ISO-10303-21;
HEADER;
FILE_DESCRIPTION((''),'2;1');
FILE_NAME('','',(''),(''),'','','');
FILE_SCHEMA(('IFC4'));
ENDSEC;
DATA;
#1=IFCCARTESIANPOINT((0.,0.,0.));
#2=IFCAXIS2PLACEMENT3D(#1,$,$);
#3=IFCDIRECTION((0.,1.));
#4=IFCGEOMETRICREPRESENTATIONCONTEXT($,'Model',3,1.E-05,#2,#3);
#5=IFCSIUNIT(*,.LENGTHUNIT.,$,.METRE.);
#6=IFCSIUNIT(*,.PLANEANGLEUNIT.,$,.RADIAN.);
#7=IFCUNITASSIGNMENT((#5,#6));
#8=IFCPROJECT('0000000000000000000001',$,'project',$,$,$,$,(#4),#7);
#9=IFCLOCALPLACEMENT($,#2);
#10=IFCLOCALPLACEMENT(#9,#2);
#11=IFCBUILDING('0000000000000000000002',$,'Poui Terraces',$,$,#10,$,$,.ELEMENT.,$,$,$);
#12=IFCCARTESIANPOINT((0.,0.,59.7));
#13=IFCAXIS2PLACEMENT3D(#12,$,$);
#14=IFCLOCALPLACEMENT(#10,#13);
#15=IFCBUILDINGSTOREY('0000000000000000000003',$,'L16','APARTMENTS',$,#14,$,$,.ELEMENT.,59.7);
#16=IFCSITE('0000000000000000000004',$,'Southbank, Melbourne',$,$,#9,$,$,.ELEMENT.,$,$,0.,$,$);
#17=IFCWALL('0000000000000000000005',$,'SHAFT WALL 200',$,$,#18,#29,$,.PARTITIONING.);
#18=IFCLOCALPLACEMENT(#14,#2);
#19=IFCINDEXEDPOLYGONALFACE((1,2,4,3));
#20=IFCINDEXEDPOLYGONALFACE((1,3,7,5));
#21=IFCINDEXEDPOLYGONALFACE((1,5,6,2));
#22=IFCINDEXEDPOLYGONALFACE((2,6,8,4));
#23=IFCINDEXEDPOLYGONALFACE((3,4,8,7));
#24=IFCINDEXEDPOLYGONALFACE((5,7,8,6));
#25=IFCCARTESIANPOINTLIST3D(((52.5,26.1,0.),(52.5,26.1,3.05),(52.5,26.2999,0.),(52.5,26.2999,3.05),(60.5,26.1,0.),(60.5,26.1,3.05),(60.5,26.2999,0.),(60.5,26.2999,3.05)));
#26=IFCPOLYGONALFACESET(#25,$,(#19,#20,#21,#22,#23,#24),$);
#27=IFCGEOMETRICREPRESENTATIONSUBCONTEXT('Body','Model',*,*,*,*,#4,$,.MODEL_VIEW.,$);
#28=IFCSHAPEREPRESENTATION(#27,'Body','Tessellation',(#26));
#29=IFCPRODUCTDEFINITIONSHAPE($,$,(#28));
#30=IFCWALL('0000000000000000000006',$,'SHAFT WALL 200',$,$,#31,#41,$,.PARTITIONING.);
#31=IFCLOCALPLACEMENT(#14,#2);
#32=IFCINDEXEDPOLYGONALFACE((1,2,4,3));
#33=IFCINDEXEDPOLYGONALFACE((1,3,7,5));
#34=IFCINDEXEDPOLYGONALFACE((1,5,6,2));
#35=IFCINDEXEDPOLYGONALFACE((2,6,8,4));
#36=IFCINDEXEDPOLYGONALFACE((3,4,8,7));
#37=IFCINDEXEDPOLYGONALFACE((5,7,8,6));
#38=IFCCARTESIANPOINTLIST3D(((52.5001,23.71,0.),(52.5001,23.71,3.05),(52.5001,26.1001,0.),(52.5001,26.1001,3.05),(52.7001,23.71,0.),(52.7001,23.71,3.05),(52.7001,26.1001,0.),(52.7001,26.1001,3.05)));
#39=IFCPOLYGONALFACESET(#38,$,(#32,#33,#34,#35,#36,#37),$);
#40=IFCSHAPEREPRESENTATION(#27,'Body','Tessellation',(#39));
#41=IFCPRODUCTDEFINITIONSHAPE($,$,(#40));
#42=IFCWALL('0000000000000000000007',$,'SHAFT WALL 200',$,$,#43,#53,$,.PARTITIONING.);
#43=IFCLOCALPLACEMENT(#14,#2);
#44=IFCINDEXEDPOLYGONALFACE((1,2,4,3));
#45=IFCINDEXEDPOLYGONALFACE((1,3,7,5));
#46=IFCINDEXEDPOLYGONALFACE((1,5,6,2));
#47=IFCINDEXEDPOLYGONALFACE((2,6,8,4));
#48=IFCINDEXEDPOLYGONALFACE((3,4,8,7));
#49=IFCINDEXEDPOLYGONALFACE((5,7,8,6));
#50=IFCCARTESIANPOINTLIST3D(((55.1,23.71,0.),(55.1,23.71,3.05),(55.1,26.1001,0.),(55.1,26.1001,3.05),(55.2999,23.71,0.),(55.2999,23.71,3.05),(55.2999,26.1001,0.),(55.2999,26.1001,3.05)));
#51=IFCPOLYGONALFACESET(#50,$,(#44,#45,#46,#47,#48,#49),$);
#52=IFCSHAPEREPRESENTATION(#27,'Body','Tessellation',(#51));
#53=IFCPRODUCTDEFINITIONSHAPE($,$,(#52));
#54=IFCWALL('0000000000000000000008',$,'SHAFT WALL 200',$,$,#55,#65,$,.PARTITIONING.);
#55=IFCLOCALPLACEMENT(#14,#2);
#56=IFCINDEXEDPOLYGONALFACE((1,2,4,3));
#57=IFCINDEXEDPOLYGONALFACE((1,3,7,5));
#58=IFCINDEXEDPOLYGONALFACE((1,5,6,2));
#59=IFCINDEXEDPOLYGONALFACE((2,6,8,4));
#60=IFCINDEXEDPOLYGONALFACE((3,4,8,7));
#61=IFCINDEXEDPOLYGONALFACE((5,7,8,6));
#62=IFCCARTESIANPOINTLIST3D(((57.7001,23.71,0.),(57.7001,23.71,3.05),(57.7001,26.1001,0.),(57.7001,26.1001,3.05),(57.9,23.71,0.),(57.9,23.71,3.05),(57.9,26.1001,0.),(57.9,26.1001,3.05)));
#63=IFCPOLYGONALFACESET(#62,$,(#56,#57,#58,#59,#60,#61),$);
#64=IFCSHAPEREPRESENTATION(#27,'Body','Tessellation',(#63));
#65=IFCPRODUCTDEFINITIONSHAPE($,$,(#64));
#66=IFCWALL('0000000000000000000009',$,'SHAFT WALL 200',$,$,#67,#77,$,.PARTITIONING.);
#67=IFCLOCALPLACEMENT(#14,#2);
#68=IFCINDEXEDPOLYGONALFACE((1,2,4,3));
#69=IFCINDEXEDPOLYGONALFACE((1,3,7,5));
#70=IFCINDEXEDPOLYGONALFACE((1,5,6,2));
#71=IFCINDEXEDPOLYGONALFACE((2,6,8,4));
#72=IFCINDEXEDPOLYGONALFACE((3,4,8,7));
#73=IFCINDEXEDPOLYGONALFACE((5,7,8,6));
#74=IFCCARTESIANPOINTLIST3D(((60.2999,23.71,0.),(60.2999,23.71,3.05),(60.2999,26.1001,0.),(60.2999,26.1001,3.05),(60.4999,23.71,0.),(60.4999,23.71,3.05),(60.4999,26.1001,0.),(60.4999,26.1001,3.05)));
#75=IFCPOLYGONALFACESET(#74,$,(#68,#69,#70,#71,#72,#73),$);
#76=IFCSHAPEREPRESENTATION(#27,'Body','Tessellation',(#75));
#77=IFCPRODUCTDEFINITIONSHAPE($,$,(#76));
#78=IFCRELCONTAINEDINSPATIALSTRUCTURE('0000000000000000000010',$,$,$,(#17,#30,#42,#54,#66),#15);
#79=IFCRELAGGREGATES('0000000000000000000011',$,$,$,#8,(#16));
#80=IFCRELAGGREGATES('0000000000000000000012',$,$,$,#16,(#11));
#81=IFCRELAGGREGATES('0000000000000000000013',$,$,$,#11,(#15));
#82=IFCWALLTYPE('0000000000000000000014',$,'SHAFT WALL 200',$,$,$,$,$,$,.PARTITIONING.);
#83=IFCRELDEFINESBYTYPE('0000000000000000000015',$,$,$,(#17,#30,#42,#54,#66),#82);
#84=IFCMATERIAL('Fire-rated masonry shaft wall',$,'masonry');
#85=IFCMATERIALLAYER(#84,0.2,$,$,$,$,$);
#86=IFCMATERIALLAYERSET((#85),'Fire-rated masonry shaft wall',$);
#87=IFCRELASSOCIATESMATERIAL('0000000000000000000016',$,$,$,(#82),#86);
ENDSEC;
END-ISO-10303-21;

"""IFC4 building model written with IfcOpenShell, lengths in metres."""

from ifc_helpers import new_model, si_unit, direction, frame, frame_2d, origin, place, context, subcontext, project, spatial, rectangle, extrude, material, layer, layer_set, type_object, element, save


model = new_model("IFC4")

# Units and contexts
model_context = context("Model", 3, precision=1e-05, world=origin(), true_north=direction((0.0, 1.0)))
body_context = subcontext(model_context, "Body", "Model", "MODEL_VIEW")
ifc_project = project(units=[si_unit("LENGTHUNIT", "METRE"), si_unit("PLANEANGLEUNIT", "RADIAN")], contexts=[model_context])

# Site, building, storey
site_placement = place(None, origin())
site = spatial("IfcSite", under=ifc_project, at=site_placement, Name="Southbank, Melbourne", CompositionType="ELEMENT", RefElevation=0.0)
building_placement = place(site_placement, origin())
building = spatial("IfcBuilding", under=site, at=building_placement, Name="Poui Terraces", CompositionType="ELEMENT")
storey_placement = place(building_placement, frame((0.0, 0.0, 59.7)))
storey = spatial("IfcBuildingStorey", under=building, at=storey_placement, Name="L16", Description="APARTMENTS", CompositionType="ELEMENT", Elevation=59.7)

# Walls
ifc_material_1 = material(Name="Fire-rated masonry shaft wall", Category="masonry")
ifc_layer_1 = layer(ifc_material_1, 0.2)
ifc_layer_set_1 = layer_set([ifc_layer_1], Name="Fire-rated masonry shaft wall")
wall_type_1 = type_object("IfcWallType", Name="SHAFT WALL 200", PredefinedType="PARTITIONING", material=ifc_layer_set_1)
wall_1_placement = place(storey_placement, frame((52.5, 26.2, 0.0), z_axis=(0.0, 0.0, 1.0), x_axis=(1.0, 0.0, 0.0)))
element("IfcWall", 1, at=wall_1_placement, inside=storey, type_object=wall_type_1, Name="SHAFT WALL 200", PredefinedType="PARTITIONING", context=body_context, shape_type="SweptSolid", body=[
    extrude(rectangle(XDim=8.0, YDim=0.2, at=frame_2d((4.0, 0.0))), origin(), (0.0, 0.0, 1.0), 3.05),
])
for number, where, z_axis, x_axis, name in (
    (2, (52.6001, 23.71, 0.0), (0.0, 0.0, 1.0), (0.0, 1.0, 0.0), "SHAFT WALL 200"),
    (3, (55.2, 23.71, 0.0), (0.0, 0.0, 1.0), (0.0, 1.0, 0.0), "SHAFT WALL 200"),
    (4, (57.8, 23.71, 0.0), (0.0, 0.0, 1.0), (0.0, 1.0, 0.0), "SHAFT WALL 200"),
    (5, (60.3999, 23.71, 0.0), (0.0, 0.0, 1.0), (0.0, 1.0, 0.0), "SHAFT WALL 200"),
):
    element("IfcWall", number, at=place(storey_placement, frame(where, z_axis=z_axis, x_axis=x_axis)), inside=storey, type_object=wall_type_1, Name=name, PredefinedType="PARTITIONING", context=body_context, shape_type="SweptSolid", body=[
        extrude(rectangle(XDim=2.3901, YDim=0.2, at=frame_2d((1.1951, 0.0))), origin(), (0.0, 0.0, 1.0), 3.05),
    ])

save(model, "model.ifc")
